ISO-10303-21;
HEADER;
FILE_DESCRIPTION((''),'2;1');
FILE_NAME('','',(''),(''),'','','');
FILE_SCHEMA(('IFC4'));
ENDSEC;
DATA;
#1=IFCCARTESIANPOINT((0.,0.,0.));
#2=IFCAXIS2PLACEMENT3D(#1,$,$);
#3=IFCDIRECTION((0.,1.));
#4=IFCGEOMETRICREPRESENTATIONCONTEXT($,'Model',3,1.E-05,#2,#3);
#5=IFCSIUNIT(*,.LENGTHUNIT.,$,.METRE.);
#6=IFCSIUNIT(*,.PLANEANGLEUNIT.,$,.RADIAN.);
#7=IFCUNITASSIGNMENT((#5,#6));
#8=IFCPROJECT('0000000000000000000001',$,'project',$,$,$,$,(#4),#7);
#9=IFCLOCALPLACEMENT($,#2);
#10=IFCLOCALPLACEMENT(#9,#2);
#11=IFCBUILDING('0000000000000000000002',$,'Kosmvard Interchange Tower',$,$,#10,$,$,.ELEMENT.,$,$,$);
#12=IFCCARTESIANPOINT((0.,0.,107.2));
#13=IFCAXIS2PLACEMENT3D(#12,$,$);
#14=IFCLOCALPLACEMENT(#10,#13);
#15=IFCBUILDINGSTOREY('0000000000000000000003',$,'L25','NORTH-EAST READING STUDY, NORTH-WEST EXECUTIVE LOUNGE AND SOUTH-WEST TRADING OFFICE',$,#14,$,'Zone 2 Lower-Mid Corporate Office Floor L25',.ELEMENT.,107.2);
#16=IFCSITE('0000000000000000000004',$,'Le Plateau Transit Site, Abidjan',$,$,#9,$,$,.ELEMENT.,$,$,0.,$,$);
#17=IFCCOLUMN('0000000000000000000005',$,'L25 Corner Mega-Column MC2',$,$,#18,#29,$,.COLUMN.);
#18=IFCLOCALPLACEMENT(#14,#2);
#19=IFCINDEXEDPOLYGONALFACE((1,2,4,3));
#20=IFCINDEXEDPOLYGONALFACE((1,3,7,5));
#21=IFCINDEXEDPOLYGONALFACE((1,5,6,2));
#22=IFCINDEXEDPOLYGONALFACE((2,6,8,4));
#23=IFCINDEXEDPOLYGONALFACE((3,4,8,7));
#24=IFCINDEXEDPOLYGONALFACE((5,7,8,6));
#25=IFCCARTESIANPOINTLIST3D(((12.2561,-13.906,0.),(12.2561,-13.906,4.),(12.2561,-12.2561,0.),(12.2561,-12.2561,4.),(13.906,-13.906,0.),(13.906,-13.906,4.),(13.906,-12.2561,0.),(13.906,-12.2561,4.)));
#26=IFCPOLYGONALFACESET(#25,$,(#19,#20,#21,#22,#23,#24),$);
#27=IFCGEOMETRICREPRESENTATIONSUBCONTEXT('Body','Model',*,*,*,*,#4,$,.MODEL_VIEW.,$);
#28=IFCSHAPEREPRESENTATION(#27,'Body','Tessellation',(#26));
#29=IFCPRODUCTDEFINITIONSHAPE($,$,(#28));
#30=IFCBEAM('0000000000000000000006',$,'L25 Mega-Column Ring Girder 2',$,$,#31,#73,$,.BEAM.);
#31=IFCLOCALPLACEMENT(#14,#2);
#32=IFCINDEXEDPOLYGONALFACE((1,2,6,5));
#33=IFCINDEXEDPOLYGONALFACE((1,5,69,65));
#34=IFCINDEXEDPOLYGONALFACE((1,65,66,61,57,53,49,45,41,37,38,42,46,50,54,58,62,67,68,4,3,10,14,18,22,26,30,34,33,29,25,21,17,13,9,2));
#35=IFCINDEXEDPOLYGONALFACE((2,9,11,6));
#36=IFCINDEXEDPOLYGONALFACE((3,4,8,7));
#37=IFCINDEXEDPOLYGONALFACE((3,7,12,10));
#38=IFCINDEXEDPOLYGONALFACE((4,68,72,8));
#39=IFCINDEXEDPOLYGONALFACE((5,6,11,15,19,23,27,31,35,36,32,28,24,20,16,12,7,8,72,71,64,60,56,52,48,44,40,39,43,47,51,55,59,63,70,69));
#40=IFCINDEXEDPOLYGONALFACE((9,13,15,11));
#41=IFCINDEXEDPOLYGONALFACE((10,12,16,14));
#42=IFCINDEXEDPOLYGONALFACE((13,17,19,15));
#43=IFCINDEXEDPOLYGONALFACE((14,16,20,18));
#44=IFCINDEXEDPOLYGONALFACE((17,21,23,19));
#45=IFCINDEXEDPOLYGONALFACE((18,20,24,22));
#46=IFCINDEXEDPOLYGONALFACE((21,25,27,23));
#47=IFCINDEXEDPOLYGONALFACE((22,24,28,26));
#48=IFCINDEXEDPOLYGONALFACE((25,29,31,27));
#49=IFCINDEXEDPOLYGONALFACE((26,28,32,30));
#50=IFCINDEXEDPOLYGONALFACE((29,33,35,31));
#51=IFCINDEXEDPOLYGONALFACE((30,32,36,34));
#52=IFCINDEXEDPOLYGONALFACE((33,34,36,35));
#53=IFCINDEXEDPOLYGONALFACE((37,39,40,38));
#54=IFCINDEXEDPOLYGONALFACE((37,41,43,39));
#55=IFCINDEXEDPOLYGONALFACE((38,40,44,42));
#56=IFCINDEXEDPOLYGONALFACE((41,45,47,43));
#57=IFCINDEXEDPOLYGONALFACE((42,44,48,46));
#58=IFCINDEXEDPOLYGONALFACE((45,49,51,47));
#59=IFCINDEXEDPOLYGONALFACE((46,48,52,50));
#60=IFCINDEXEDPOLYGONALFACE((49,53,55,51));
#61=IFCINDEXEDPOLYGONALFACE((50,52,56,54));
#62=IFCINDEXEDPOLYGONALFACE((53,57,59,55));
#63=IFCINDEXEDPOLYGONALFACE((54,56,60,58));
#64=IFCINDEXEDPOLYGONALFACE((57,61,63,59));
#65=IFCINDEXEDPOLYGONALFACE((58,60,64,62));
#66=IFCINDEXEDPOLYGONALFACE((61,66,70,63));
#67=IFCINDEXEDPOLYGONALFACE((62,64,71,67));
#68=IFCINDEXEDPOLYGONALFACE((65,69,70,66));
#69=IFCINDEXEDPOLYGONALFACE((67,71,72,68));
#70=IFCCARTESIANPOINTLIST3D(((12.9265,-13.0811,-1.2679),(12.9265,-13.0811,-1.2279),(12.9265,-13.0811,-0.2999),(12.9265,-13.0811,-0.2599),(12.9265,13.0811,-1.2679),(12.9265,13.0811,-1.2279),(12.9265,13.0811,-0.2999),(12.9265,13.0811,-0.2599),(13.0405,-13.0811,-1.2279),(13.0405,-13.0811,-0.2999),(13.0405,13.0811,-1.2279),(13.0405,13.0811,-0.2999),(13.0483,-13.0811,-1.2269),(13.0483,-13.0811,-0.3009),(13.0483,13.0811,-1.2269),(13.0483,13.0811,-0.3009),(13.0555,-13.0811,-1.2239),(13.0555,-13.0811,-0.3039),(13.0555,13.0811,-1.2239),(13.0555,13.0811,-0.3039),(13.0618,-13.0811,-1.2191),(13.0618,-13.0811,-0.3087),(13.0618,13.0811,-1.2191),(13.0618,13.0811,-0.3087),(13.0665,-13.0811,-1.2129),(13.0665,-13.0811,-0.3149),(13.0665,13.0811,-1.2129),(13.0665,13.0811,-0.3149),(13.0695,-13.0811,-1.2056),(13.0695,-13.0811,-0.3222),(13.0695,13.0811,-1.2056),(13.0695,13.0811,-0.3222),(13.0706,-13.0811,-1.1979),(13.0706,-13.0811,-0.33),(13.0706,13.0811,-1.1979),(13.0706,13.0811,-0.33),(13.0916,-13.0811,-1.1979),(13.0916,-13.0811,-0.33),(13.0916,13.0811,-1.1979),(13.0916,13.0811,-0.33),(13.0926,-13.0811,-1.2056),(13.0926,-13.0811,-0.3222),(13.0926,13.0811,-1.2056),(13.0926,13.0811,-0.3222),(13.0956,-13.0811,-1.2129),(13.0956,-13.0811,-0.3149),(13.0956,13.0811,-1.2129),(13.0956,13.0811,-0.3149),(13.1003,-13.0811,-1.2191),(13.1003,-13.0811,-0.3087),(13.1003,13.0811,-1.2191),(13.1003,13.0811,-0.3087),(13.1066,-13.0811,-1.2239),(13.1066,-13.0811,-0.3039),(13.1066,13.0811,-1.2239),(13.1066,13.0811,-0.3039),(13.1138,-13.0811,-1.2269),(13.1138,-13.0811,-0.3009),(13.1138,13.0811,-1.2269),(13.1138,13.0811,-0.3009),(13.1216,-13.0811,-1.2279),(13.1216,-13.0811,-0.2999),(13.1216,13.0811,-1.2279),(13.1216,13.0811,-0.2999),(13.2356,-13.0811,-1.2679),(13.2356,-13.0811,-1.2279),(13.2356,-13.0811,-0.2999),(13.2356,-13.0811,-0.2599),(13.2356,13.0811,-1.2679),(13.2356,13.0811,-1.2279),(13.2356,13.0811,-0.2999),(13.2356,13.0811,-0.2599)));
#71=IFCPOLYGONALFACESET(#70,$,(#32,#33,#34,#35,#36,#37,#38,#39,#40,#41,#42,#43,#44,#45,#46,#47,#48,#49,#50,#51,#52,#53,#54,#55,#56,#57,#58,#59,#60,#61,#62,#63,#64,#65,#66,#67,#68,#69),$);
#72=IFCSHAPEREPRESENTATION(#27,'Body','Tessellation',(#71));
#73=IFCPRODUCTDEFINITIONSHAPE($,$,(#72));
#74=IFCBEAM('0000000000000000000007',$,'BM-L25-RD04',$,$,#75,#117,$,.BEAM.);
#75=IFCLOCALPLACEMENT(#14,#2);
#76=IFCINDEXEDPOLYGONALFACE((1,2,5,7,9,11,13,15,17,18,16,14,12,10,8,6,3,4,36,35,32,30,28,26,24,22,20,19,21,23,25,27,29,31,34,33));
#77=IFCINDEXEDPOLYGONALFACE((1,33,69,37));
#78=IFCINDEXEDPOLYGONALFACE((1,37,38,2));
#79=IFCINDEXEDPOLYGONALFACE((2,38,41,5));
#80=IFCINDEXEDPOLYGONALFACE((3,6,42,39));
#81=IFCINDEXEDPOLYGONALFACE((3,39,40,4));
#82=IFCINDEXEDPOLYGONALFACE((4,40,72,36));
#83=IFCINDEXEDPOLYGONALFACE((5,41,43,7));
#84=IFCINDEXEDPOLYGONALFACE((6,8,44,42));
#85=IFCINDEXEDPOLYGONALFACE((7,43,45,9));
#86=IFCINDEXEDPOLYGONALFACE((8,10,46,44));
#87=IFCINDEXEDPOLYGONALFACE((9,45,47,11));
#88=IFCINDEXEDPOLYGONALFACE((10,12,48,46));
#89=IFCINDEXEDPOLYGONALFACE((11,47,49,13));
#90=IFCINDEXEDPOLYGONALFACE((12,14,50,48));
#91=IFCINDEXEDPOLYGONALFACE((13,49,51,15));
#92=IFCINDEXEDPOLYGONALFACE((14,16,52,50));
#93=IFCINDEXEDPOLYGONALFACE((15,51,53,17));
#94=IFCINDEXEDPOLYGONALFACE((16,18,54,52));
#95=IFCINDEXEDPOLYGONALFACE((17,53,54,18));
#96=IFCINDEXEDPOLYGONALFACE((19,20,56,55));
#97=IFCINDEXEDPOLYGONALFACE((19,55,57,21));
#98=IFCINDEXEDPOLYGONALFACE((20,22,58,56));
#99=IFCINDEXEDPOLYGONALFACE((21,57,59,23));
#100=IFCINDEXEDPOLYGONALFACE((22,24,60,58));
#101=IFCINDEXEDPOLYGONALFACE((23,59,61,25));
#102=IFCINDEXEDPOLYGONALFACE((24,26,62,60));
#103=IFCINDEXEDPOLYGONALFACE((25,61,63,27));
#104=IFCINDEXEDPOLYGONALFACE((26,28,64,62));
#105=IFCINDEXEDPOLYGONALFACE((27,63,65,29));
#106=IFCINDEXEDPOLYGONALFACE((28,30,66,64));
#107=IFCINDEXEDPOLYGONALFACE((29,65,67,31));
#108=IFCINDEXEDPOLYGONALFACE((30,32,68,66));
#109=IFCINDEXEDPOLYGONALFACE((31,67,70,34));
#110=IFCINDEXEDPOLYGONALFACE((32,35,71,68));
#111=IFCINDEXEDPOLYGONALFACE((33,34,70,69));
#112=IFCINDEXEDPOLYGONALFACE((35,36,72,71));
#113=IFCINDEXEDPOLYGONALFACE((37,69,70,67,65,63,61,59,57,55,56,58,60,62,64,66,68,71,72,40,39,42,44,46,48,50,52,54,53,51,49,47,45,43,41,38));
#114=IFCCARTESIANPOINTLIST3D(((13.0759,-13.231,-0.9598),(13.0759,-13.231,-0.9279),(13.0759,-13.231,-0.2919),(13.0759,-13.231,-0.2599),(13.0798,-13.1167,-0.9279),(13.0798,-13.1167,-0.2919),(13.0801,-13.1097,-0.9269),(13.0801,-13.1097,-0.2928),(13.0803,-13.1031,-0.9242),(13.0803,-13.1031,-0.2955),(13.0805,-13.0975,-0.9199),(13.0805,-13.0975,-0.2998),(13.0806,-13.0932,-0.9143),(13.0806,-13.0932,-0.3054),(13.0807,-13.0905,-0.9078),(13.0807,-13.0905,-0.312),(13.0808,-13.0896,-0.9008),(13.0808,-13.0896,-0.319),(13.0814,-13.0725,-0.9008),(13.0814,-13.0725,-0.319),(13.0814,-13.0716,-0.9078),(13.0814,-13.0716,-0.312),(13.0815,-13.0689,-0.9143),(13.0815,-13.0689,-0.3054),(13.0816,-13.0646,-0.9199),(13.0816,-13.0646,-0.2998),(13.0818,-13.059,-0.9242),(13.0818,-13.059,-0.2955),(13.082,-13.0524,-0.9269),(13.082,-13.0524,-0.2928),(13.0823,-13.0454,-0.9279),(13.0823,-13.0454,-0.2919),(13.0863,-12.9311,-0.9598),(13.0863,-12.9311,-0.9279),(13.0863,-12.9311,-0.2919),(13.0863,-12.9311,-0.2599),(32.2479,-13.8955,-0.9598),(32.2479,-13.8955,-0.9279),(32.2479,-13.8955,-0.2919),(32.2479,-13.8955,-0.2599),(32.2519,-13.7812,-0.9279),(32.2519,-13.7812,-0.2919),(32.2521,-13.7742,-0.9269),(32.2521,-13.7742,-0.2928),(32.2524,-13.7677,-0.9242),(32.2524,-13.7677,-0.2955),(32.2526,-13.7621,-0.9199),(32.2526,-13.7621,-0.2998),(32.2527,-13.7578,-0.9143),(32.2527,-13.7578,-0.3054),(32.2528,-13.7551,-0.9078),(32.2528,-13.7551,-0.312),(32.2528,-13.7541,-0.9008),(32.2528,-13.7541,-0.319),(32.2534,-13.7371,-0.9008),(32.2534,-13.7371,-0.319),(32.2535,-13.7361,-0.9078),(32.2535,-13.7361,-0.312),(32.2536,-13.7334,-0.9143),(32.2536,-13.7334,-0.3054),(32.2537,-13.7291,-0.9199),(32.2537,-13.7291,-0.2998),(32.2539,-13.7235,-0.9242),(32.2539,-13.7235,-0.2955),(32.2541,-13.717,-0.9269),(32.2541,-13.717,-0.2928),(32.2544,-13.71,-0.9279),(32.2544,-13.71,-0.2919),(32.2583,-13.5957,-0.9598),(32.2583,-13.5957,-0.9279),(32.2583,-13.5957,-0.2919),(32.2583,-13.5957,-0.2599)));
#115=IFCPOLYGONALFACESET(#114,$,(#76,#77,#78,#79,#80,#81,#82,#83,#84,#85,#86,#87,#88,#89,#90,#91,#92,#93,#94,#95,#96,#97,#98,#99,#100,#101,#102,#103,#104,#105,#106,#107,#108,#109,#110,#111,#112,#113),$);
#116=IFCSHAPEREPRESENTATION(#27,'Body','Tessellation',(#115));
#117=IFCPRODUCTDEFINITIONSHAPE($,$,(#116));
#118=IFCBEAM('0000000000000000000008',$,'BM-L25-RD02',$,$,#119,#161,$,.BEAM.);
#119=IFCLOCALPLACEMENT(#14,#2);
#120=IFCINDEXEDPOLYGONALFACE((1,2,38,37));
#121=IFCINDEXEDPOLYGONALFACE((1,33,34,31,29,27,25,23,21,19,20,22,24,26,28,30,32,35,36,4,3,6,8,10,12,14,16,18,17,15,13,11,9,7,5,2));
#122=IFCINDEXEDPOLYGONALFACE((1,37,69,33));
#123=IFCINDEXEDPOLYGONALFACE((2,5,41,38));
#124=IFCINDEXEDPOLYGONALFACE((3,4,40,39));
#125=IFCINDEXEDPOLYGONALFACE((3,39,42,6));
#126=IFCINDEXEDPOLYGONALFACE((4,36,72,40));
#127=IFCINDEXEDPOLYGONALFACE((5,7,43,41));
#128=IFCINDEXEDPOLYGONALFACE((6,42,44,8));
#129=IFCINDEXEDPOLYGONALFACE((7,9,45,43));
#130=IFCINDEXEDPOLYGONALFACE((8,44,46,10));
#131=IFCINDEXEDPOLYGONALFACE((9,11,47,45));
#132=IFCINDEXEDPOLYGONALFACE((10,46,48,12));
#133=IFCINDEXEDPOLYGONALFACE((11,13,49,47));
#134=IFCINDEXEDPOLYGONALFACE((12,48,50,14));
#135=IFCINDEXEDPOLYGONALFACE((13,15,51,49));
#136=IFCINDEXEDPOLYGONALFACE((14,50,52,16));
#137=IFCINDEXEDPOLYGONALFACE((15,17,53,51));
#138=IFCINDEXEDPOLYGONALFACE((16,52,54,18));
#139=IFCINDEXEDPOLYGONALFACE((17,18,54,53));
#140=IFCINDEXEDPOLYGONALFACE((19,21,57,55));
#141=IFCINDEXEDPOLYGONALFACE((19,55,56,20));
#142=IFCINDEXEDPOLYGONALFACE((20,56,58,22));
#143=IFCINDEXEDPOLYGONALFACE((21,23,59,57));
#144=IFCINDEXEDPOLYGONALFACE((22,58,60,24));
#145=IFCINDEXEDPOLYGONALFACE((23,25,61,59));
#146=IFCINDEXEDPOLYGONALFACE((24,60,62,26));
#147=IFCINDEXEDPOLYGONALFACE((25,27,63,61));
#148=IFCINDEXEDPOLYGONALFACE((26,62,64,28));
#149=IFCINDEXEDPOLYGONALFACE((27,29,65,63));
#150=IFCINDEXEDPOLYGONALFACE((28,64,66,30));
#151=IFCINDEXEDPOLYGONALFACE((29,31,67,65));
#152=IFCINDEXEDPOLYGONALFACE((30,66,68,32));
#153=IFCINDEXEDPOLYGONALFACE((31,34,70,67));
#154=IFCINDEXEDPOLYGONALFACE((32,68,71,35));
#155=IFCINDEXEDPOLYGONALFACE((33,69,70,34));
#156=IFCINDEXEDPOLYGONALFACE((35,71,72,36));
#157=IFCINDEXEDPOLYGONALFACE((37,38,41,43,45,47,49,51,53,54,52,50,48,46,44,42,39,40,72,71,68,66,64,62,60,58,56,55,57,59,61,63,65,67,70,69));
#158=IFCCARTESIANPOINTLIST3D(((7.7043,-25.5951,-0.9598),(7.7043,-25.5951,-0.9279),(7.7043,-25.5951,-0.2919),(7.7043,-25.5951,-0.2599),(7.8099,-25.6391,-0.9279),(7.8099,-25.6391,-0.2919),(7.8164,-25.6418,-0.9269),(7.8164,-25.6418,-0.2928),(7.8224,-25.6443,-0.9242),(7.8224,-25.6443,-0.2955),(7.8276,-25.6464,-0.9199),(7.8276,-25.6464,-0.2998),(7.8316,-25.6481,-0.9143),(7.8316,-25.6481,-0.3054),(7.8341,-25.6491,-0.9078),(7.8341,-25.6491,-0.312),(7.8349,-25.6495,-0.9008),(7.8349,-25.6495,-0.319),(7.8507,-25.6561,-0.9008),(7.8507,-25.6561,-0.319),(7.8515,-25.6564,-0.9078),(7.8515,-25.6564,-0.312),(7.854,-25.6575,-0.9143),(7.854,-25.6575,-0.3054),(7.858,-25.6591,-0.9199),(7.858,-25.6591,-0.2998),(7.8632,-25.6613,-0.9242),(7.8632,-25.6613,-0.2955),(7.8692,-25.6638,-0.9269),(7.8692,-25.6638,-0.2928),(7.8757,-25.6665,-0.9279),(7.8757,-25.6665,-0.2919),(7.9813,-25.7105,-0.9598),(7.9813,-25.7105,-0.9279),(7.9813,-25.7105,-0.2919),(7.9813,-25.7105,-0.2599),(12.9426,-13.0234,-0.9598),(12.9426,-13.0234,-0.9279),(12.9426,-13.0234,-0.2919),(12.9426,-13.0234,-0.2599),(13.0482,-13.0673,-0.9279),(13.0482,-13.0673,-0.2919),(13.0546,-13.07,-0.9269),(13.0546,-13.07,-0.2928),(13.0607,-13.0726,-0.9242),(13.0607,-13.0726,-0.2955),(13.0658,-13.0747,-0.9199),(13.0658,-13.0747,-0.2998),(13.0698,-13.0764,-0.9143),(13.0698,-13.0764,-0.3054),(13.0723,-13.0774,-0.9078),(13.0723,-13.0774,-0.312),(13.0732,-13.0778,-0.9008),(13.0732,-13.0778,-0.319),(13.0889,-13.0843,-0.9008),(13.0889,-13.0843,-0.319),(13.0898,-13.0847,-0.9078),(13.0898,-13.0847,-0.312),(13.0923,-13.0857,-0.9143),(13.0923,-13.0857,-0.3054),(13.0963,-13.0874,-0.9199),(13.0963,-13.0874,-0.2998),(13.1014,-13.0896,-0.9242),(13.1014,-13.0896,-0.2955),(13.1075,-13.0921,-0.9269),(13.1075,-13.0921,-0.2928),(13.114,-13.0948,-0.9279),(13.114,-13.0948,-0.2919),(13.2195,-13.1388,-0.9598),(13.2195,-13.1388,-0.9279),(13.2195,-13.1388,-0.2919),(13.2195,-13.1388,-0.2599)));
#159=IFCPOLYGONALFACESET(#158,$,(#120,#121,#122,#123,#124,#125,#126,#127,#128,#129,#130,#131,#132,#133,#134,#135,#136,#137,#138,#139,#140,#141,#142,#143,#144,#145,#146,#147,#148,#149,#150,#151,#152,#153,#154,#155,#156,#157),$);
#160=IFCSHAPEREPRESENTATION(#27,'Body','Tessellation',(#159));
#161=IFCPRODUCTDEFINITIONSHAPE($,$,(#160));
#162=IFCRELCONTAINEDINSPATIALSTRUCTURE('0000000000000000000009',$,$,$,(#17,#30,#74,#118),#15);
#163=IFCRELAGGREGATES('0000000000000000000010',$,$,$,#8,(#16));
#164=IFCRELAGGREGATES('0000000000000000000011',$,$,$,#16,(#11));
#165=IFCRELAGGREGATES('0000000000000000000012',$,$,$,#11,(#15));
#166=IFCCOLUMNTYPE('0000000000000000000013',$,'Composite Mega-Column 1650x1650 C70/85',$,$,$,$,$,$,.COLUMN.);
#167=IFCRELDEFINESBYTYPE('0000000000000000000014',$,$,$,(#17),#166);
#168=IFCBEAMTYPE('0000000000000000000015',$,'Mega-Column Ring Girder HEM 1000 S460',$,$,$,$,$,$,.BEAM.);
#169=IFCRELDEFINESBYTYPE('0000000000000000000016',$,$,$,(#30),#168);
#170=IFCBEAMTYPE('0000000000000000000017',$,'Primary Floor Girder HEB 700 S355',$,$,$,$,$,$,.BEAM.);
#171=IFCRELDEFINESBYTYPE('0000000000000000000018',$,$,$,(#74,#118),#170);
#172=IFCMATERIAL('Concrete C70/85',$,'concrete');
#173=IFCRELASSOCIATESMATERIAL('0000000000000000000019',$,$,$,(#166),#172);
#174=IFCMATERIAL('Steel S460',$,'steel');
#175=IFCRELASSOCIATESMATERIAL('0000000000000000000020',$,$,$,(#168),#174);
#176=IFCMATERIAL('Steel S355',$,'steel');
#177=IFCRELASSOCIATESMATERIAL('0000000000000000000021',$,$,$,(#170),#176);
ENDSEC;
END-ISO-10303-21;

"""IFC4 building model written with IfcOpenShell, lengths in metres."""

from ifc_helpers import new_model, si_unit, direction, frame, origin, origin_2d, place, context, subcontext, project, spatial, rectangle, i_section, extrude, source, transform, mapped, material, material_profile, profile_set, type_object, element, save


model = new_model("IFC4")

# Units and contexts
model_context = context("Model", 3, precision=1e-05, world=origin(), true_north=direction((0.0, 1.0)))
body_context = subcontext(model_context, "Body", "Model", "MODEL_VIEW")
ifc_project = project(units=[si_unit("LENGTHUNIT", "METRE"), si_unit("PLANEANGLEUNIT", "RADIAN")], contexts=[model_context])

# Site, building, storey
site_placement = place(None, origin())
site = spatial("IfcSite", under=ifc_project, at=site_placement, Name="Le Plateau Transit Site, Abidjan", CompositionType="ELEMENT", RefElevation=0.0)
building_placement = place(site_placement, origin())
building = spatial("IfcBuilding", under=site, at=building_placement, Name="Kosmvard Interchange Tower", CompositionType="ELEMENT")
storey_placement = place(building_placement, frame((0.0, 0.0, 107.2)))
storey = spatial("IfcBuildingStorey", under=building, at=storey_placement, Name="L25", Description="NORTH-EAST READING STUDY, NORTH-WEST EXECUTIVE LOUNGE AND SOUTH-WEST TRADING OFFICE", LongName="Zone 2 Lower-Mid Corporate Office Floor L25", CompositionType="ELEMENT", Elevation=107.2)

# Column
ifc_material_1 = material(Name="Concrete C70/85", Category="concrete")
ifc_material_profile_1 = material_profile(ifc_material_1, rectangle(XDim=1.6499, YDim=1.6499, at=origin_2d()), Name="MC 1650x1650")
ifc_profile_set_1 = profile_set([ifc_material_profile_1], Name="Concrete C70/85")
column_type = type_object("IfcColumnType", Name="Composite Mega-Column 1650x1650 C70/85", PredefinedType="COLUMN", material=ifc_profile_set_1)
shared_shape_1 = source(origin(), body_context, "Body", "SweptSolid", [
    extrude(rectangle(XDim=1.6499, YDim=1.6499, at=origin_2d()), origin(), (0.0, 0.0, 1.0), 4.0),
])
column_placement = place(storey_placement, frame((13.0811, -13.0811, 0.0), z_axis=(0.0, 0.0, 1.0), x_axis=(1.0, 0.0, 0.0)))
element("IfcColumn", 1, at=column_placement, inside=storey, type_object=column_type, Name="L25 Corner Mega-Column MC2", PredefinedType="COLUMN", context=body_context, shape_type="MappedRepresentation", body=[
    mapped(shared_shape_1, transform((0.0, 0.0, 0.0), scale=1.0)),
])

# Beams
ifc_material_2 = material(Name="Steel S460", Category="steel")
ifc_material_profile_2 = material_profile(ifc_material_2, i_section(OverallWidth=0.3091, OverallDepth=1.0081, WebThickness=0.021, FlangeThickness=0.04, FilletRadius=0.03, at=origin_2d()), Name="HEM 1000")
ifc_profile_set_2 = profile_set([ifc_material_profile_2], Name="Steel S460")
beam_type_1 = type_object("IfcBeamType", Name="Mega-Column Ring Girder HEM 1000 S460", PredefinedType="BEAM", material=ifc_profile_set_2)
shared_shape_2 = source(origin(), body_context, "Body", "SweptSolid", [
    extrude(i_section(OverallWidth=0.3091, OverallDepth=1.0081, WebThickness=0.021, FlangeThickness=0.04, FilletRadius=0.03, at=origin_2d()), origin(), (0.0, 0.0, 1.0), 26.1621),
])
beam_1_placement = place(storey_placement, frame((13.0811, -13.0811, -0.7639), z_axis=(0.0, 1.0, 0.0), x_axis=(-1.0, 0.0, 0.0)))
element("IfcBeam", 2, at=beam_1_placement, inside=storey, type_object=beam_type_1, Name="L25 Mega-Column Ring Girder 2", PredefinedType="BEAM", context=body_context, shape_type="MappedRepresentation", body=[
    mapped(shared_shape_2, transform((0.0, 0.0, 0.0), scale=1.0)),
])
ifc_material_3 = material(Name="Steel S355", Category="steel")
ifc_material_profile_3 = material_profile(ifc_material_3, i_section(OverallWidth=0.3, OverallDepth=0.7, WebThickness=0.0171, FlangeThickness=0.032, FilletRadius=0.0271, at=origin_2d()), Name="HEB 700")
ifc_profile_set_3 = profile_set([ifc_material_profile_3], Name="Steel S355")
beam_type_2 = type_object("IfcBeamType", Name="Primary Floor Girder HEB 700 S355", PredefinedType="BEAM", material=ifc_profile_set_3)
shared_shape_3 = source(origin(), body_context, "Body", "SweptSolid", [
    extrude(i_section(OverallWidth=0.3, OverallDepth=0.7, WebThickness=0.0171, FlangeThickness=0.032, FilletRadius=0.0271, at=origin_2d()), origin(), (0.0, 0.0, 1.0), 19.1836),
])
beam_2_placement = place(storey_placement, frame((13.0811, -13.0811, -0.6099), z_axis=(0.9994, -0.034642, 0.0), x_axis=(0.034642, 0.9994, 0.0)))
element("IfcBeam", 3, at=beam_2_placement, inside=storey, type_object=beam_type_2, Name="BM-L25-RD04", PredefinedType="BEAM", context=body_context, shape_type="MappedRepresentation", body=[
    mapped(shared_shape_3, transform((0.0, 0.0, 0.0), scale=1.0)),
])
shared_shape_4 = source(origin(), body_context, "Body", "SweptSolid", [
    extrude(i_section(OverallWidth=0.3, OverallDepth=0.7, WebThickness=0.0171, FlangeThickness=0.032, FilletRadius=0.0271, at=origin_2d()), origin(), (0.0, 0.0, 1.0), 13.6194),
])
beam_3_placement = place(storey_placement, frame((13.0811, -13.0811, -0.6099), z_axis=(-0.384618, -0.923076, 0.0), x_axis=(0.923076, -0.384618, 0.0)))
element("IfcBeam", 4, at=beam_3_placement, inside=storey, type_object=beam_type_2, Name="BM-L25-RD02", PredefinedType="BEAM", context=body_context, shape_type="MappedRepresentation", body=[
    mapped(shared_shape_4, transform((0.0, 0.0, 0.0), scale=1.0)),
])

save(model, "model.ifc")
